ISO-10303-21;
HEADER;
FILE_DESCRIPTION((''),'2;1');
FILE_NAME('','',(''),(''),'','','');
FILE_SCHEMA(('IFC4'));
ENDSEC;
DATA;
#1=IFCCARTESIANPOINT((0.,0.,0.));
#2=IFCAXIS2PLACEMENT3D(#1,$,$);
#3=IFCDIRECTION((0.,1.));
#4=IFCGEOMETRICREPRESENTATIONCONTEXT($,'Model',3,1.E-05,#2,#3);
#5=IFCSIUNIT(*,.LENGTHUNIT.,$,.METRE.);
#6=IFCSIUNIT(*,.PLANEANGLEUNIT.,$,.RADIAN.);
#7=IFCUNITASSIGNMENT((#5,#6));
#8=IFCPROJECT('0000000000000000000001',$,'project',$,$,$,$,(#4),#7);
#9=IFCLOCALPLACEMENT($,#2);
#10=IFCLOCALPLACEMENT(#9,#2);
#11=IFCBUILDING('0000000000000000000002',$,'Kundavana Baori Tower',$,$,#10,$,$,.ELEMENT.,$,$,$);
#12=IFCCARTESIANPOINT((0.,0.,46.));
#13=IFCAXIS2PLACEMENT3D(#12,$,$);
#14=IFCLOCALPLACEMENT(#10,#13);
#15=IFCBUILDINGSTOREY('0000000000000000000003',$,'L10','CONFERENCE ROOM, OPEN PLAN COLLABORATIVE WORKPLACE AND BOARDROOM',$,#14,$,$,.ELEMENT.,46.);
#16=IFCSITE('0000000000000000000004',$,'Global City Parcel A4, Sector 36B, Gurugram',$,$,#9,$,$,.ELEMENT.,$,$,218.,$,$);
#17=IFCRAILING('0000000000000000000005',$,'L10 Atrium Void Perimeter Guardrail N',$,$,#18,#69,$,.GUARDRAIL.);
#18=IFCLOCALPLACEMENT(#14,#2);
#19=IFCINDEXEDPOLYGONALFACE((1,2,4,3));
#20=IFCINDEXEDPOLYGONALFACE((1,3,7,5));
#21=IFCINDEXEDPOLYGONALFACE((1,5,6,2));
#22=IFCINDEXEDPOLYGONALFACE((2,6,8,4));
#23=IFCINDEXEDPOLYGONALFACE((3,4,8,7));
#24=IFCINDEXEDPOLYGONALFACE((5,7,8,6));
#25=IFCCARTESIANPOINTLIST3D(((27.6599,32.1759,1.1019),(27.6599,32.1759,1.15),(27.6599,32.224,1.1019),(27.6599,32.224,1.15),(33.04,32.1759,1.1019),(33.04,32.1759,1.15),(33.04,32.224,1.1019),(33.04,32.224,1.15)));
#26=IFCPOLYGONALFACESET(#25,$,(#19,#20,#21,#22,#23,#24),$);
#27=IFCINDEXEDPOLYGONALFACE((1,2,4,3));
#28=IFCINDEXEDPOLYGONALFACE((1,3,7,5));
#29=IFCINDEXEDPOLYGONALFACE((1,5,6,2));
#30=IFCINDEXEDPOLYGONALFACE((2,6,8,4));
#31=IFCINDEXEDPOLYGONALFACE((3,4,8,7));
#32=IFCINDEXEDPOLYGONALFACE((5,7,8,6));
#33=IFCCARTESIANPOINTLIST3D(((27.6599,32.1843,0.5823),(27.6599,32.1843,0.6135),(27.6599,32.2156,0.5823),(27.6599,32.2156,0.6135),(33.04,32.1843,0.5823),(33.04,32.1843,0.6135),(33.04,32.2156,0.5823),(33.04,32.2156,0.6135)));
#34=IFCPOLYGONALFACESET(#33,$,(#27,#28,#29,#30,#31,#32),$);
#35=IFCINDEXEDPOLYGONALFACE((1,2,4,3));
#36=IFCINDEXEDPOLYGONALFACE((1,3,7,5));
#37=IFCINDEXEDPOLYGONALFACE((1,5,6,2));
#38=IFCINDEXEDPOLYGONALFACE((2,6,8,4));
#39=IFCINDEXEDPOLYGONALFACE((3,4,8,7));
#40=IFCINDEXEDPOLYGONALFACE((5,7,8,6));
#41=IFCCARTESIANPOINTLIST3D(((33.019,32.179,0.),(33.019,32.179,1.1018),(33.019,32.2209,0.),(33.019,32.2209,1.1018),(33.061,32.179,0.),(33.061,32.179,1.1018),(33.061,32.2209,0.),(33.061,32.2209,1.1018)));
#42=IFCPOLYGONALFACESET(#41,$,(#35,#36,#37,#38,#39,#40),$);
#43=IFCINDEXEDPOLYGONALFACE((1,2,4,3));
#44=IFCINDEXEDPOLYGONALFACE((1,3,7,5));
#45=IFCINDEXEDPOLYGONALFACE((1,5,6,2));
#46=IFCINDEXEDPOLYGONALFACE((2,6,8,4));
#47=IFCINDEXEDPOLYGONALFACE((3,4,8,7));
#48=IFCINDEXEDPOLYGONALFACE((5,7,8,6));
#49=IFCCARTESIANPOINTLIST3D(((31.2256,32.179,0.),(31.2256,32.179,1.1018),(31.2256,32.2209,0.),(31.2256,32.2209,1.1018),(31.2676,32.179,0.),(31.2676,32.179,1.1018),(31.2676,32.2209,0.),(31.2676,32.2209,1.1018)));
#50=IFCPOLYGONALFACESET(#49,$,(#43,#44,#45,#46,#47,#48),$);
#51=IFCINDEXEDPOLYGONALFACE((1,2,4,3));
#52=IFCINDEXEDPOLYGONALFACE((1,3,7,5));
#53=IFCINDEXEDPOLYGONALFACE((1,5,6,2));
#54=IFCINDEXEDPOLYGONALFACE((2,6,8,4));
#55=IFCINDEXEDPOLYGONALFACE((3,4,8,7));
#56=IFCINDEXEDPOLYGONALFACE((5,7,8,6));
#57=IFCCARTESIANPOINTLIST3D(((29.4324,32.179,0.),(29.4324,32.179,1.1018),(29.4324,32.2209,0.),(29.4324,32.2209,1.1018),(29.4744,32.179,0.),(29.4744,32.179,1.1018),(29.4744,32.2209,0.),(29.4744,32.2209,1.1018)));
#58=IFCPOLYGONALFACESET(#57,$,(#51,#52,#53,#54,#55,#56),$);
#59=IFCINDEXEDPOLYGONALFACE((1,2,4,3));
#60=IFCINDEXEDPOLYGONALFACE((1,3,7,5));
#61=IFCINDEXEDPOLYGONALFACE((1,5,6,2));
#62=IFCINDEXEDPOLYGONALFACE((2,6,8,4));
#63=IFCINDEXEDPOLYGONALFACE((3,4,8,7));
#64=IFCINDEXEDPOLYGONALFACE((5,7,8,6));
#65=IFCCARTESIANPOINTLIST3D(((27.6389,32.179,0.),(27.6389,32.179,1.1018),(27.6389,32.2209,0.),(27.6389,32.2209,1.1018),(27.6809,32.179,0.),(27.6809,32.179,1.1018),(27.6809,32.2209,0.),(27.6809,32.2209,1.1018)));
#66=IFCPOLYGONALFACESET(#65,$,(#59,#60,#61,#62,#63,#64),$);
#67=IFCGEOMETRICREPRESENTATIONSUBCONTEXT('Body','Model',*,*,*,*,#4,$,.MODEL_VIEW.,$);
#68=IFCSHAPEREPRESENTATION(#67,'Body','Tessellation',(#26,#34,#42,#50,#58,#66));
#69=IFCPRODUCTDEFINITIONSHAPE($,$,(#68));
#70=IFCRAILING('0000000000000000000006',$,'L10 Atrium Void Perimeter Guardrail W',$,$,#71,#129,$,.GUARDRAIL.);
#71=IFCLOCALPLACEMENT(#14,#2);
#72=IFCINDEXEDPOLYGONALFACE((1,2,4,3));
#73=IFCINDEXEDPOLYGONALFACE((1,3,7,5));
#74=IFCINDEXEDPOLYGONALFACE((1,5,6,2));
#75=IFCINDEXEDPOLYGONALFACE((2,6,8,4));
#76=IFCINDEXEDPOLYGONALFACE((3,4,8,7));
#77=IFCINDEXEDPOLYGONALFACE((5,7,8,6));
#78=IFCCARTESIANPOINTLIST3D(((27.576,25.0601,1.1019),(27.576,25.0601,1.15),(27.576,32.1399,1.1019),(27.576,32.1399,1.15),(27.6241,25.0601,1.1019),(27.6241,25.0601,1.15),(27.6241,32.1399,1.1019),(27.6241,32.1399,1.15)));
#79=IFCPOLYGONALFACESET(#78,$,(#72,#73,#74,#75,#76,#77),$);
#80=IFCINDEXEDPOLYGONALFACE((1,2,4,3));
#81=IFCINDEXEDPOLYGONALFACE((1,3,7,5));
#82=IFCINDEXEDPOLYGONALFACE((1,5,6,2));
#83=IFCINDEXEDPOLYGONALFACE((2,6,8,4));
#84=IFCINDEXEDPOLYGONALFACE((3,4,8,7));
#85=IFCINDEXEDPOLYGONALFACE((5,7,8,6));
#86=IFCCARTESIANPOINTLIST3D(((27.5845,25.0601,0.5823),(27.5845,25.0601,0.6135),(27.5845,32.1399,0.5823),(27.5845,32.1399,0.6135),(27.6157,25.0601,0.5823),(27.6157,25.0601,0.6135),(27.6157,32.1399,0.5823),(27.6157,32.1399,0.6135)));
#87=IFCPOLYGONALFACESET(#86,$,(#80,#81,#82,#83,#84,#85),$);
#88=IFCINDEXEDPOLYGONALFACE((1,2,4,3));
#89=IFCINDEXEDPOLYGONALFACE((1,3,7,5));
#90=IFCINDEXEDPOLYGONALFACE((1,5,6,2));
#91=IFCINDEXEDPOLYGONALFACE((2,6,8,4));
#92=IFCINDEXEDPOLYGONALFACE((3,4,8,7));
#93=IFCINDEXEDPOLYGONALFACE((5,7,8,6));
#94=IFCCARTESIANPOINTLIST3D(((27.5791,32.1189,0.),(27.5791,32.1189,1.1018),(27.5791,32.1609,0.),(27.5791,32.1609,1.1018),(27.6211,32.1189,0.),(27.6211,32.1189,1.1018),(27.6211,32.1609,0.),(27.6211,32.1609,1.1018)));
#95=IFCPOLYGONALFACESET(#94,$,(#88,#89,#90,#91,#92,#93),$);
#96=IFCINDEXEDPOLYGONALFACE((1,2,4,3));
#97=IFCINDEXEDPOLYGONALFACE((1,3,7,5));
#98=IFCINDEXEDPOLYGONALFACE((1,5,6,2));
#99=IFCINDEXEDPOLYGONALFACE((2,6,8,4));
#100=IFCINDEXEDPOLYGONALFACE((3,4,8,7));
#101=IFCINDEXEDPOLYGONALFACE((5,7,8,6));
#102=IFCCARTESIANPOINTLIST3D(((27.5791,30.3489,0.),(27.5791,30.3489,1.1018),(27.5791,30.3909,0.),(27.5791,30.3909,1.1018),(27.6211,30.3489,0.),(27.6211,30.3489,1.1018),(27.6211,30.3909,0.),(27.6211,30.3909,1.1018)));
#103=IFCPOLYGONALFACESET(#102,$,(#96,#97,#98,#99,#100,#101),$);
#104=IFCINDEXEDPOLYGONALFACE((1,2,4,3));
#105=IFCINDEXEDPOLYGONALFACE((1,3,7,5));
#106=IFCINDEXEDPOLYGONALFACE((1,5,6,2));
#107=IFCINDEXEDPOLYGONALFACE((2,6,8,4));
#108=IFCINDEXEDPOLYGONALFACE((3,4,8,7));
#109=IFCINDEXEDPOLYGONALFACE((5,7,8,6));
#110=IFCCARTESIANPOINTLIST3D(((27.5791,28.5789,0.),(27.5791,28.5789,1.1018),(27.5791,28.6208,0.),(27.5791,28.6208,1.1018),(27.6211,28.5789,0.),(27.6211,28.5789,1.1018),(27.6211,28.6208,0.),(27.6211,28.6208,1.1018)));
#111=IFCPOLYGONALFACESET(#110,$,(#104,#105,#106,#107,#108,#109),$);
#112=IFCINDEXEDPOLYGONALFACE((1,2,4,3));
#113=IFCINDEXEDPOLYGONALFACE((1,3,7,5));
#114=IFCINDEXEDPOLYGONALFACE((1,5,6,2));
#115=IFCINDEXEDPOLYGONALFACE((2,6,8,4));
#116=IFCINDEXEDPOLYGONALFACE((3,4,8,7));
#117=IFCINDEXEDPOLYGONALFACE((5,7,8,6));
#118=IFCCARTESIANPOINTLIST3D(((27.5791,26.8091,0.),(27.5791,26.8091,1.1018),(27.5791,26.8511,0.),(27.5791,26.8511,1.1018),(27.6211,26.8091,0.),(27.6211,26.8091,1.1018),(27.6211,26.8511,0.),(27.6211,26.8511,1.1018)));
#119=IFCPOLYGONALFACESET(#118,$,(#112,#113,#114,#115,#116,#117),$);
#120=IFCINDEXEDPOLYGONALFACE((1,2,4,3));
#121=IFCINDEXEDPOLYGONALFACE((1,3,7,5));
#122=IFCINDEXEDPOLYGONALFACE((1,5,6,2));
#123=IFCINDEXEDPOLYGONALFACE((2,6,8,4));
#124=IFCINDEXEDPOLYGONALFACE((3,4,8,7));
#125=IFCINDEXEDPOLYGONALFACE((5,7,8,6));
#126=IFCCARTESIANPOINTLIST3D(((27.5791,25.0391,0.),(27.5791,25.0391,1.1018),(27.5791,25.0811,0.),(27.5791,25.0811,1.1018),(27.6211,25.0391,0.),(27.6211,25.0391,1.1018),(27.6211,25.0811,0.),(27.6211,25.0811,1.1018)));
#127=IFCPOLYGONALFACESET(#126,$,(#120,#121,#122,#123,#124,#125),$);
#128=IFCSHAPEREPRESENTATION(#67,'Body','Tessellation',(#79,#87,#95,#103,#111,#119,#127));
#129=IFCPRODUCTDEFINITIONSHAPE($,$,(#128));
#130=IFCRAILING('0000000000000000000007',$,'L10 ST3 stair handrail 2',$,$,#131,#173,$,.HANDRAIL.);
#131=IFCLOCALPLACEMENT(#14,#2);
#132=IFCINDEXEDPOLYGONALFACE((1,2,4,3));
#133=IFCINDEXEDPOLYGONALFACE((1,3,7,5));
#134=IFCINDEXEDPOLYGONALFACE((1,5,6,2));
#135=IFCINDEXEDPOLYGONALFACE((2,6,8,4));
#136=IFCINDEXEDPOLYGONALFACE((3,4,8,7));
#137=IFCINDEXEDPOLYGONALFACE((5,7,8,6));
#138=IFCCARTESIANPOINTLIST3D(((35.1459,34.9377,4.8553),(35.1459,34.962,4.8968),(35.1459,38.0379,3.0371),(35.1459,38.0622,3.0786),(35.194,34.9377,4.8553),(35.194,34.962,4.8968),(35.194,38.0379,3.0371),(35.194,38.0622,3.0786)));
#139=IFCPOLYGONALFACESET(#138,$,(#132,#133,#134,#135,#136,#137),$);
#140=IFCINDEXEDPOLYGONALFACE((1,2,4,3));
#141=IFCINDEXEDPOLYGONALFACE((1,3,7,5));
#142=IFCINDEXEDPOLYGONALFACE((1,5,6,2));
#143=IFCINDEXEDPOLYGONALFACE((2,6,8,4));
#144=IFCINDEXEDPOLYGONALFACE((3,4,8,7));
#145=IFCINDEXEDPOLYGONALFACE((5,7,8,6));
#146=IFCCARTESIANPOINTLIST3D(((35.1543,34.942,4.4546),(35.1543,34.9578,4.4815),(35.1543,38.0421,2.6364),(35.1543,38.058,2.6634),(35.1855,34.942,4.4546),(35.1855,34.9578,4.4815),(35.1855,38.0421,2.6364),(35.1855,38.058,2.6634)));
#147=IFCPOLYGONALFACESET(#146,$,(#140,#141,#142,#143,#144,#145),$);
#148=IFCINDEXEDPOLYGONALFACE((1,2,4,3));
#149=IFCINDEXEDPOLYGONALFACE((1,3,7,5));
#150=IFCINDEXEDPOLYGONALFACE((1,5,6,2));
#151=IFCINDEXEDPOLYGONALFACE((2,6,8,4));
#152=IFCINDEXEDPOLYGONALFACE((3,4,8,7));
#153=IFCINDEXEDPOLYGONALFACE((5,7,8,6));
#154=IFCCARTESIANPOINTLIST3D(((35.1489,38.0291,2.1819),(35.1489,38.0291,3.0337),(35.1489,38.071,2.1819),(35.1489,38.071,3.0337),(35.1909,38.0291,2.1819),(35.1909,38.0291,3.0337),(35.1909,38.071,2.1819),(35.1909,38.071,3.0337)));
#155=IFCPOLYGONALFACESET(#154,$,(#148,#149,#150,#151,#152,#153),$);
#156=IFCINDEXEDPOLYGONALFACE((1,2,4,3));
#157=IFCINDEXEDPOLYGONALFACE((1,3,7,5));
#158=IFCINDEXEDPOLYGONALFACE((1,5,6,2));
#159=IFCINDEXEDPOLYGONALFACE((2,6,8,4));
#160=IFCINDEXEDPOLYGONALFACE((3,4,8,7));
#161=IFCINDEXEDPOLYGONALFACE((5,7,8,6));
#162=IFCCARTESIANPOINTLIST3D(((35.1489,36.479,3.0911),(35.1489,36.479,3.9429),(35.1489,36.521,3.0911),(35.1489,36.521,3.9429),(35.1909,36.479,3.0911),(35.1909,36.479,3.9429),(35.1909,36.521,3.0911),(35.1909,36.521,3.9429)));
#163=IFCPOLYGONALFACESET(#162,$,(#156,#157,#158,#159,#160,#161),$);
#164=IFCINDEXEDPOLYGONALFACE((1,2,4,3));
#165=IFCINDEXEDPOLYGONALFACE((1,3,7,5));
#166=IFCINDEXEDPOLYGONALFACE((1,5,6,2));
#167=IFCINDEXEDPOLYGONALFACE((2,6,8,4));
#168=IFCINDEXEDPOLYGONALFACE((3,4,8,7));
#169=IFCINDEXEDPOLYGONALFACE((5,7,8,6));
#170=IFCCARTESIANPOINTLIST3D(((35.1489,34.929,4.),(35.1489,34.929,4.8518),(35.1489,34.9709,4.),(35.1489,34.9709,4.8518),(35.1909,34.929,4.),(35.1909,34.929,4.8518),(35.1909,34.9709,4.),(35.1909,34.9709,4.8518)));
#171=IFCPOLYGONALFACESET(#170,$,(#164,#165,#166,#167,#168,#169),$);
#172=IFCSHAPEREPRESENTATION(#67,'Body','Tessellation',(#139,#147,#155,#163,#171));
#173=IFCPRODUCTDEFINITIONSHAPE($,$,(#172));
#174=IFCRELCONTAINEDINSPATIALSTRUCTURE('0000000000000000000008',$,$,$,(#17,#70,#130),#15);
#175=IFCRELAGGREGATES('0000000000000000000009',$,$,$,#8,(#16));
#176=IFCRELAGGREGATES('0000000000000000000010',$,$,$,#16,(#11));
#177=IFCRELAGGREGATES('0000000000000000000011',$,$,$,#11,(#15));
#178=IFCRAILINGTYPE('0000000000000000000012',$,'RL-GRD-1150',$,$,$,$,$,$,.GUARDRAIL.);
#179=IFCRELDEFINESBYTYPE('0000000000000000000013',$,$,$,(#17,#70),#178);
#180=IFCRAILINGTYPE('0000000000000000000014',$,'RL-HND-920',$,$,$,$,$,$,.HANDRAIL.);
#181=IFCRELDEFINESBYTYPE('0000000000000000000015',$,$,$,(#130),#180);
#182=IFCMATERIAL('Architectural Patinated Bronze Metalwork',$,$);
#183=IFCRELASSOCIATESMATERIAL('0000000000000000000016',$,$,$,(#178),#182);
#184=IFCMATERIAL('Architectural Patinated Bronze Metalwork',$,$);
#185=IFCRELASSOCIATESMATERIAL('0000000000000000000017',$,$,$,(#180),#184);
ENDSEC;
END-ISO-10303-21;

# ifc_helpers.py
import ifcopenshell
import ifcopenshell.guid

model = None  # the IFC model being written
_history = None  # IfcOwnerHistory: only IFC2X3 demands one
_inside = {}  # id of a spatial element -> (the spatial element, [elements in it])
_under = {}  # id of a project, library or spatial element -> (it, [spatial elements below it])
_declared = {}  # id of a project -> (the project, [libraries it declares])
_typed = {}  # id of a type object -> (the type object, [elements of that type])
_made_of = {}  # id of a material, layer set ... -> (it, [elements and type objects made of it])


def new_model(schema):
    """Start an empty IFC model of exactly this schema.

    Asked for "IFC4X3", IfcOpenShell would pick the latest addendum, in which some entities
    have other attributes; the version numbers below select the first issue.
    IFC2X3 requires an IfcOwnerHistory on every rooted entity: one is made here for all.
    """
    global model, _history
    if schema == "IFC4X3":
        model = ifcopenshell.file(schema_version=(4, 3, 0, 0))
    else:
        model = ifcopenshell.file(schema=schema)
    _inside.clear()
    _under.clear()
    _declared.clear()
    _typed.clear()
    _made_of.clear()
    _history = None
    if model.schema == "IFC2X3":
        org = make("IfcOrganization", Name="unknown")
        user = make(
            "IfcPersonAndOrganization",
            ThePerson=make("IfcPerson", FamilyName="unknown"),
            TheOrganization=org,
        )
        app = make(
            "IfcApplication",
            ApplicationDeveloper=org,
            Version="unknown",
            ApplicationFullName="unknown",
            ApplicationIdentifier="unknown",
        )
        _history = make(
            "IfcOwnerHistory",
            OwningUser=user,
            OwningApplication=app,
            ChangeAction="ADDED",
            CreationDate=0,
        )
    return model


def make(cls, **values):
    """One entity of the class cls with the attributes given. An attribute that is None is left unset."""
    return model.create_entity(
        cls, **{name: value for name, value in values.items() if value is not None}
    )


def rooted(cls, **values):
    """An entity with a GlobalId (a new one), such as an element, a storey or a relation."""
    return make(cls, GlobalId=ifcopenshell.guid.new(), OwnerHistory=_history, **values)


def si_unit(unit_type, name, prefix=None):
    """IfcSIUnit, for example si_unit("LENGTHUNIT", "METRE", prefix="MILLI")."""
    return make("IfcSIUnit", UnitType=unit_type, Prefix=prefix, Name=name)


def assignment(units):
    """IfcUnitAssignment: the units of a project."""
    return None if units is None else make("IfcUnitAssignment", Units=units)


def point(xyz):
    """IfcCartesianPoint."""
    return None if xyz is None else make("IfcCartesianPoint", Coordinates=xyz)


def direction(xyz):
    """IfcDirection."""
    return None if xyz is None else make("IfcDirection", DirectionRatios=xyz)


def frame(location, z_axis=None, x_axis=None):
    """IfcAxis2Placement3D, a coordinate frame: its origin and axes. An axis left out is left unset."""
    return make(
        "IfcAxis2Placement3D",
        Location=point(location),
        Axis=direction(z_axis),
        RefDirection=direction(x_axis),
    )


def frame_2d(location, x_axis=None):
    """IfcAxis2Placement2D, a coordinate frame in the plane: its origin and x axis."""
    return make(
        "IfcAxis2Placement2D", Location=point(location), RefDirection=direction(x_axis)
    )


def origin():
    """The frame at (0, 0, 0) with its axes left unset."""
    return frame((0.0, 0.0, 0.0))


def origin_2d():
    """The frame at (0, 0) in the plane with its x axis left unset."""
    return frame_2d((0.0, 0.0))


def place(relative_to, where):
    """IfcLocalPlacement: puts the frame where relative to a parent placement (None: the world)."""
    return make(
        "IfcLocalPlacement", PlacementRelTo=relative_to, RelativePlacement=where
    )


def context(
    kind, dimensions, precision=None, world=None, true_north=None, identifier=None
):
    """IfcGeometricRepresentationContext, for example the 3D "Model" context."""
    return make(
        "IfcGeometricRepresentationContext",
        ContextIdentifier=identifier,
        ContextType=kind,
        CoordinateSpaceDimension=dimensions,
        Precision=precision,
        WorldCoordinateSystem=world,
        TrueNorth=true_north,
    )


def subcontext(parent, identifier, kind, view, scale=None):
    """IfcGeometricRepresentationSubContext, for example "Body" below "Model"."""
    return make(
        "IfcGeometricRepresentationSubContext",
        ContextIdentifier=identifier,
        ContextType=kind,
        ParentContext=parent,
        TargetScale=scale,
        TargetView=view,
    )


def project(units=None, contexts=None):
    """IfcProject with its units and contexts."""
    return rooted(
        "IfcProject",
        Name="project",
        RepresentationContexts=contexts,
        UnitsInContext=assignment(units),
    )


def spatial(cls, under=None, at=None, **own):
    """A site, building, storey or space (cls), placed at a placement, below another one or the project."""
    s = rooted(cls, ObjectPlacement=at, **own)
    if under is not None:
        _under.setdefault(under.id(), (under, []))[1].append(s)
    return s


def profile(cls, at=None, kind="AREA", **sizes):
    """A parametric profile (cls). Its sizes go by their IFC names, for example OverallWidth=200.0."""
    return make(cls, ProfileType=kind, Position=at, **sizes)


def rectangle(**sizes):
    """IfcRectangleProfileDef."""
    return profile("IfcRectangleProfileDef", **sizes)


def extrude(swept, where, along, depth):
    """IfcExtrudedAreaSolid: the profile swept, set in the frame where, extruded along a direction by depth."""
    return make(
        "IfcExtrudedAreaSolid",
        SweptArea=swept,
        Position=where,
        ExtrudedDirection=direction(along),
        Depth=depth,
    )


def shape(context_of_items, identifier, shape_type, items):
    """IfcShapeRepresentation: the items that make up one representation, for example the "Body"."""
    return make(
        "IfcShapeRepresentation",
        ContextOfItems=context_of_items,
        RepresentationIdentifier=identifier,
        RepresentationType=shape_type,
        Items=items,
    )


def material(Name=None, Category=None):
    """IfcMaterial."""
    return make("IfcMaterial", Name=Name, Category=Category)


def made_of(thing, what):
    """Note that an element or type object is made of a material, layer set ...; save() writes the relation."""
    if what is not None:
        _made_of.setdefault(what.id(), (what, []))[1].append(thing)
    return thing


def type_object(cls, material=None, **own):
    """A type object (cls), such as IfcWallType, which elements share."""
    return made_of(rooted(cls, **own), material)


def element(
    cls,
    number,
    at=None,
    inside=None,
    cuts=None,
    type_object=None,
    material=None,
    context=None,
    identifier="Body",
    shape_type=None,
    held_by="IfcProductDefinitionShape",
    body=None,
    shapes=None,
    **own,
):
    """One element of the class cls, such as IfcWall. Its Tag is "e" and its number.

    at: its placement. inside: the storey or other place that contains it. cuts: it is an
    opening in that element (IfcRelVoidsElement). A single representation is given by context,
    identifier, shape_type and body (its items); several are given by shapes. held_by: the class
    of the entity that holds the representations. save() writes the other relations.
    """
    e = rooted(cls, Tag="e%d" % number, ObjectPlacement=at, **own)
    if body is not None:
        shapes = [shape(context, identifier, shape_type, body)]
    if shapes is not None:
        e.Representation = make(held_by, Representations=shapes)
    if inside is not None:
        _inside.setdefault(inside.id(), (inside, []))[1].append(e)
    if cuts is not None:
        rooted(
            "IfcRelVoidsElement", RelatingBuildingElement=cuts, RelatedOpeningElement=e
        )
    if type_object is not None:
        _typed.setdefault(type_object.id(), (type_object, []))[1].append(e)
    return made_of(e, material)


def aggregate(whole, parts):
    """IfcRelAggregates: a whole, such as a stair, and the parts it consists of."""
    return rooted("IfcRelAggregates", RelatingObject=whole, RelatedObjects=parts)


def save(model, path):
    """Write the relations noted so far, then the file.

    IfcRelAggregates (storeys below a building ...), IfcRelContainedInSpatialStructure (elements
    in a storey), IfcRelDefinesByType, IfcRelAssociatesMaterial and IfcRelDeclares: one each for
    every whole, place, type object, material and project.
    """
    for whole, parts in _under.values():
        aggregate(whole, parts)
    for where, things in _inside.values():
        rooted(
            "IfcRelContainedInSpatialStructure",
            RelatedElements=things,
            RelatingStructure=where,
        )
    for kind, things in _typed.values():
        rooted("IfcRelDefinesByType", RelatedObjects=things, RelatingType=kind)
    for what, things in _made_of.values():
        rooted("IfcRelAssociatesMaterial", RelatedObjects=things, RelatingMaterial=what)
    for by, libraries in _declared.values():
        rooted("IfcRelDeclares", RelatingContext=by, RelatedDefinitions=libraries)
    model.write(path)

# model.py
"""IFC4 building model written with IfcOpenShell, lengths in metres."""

from ifc_helpers import new_model, si_unit, direction, frame, origin, origin_2d, place, context, subcontext, project, spatial, rectangle, extrude, material, type_object, element, save


model = new_model("IFC4")

# Units and contexts
model_context = context("Model", 3, precision=1e-05, world=origin(), true_north=direction((0.0, 1.0)))
body_context = subcontext(model_context, "Body", "Model", "MODEL_VIEW")
ifc_project = project(units=[si_unit("LENGTHUNIT", "METRE"), si_unit("PLANEANGLEUNIT", "RADIAN")], contexts=[model_context])

# Site, building, storey
site_placement = place(None, origin())
site = spatial("IfcSite", under=ifc_project, at=site_placement, Name="Global City Parcel A4, Sector 36B, Gurugram", CompositionType="ELEMENT", RefElevation=218.0)
building_placement = place(site_placement, origin())
building = spatial("IfcBuilding", under=site, at=building_placement, Name="Kundavana Baori Tower", CompositionType="ELEMENT")
storey_placement = place(building_placement, frame((0.0, 0.0, 46.0)))
storey = spatial("IfcBuildingStorey", under=building, at=storey_placement, Name="L10", Description="CONFERENCE ROOM, OPEN PLAN COLLABORATIVE WORKPLACE AND BOARDROOM", CompositionType="ELEMENT", Elevation=46.0)

# Railings
ifc_material_1 = material(Name="Architectural Patinated Bronze Metalwork")
railing_type_1 = type_object("IfcRailingType", Name="RL-GRD-1150", PredefinedType="GUARDRAIL", material=ifc_material_1)
railing_1_placement = place(storey_placement, frame((33.04, 32.2, 0.0)))
element("IfcRailing", 1, at=railing_1_placement, inside=storey, type_object=railing_type_1, Name="L10 Atrium Void Perimeter Guardrail N", PredefinedType="GUARDRAIL", context=body_context, shape_type="SweptSolid", body=[
    extrude(rectangle(XDim=0.0481, YDim=0.0481, at=origin_2d()), frame((0.0, 0.0, 1.126), z_axis=(-1.0, 0.0, 0.0), x_axis=(0.0, -1.0, 0.0)), (0.0, 0.0, 1.0), 5.3801),
    extrude(rectangle(XDim=0.0312, YDim=0.0312, at=origin_2d()), frame((0.0, 0.0, 0.5979), z_axis=(-1.0, 0.0, 0.0), x_axis=(0.0, -1.0, 0.0)), (0.0, 0.0, 1.0), 5.3801),
    extrude(rectangle(XDim=0.042, YDim=0.042, at=origin_2d()), origin(), (0.0, 0.0, 1.0), 1.1018),
    extrude(rectangle(XDim=0.042, YDim=0.042, at=origin_2d()), frame((-1.7935, 0.0, 0.0)), (0.0, 0.0, 1.0), 1.1018),
    extrude(rectangle(XDim=0.042, YDim=0.042, at=origin_2d()), frame((-3.5867, 0.0, 0.0)), (0.0, 0.0, 1.0), 1.1018),
    extrude(rectangle(XDim=0.042, YDim=0.042, at=origin_2d()), frame((-5.3801, 0.0, 0.0)), (0.0, 0.0, 1.0), 1.1018),
])
railing_2_placement = place(storey_placement, frame((27.6001, 32.1399, 0.0)))
element("IfcRailing", 2, at=railing_2_placement, inside=storey, type_object=railing_type_1, Name="L10 Atrium Void Perimeter Guardrail W", PredefinedType="GUARDRAIL", context=body_context, shape_type="SweptSolid", body=[
    extrude(rectangle(XDim=0.0481, YDim=0.0481, at=origin_2d()), frame((0.0, 0.0, 1.126), z_axis=(0.0, -1.0, 0.0), x_axis=(1.0, 0.0, 0.0)), (0.0, 0.0, 1.0), 7.0798),
    extrude(rectangle(XDim=0.0312, YDim=0.0312, at=origin_2d()), frame((0.0, 0.0, 0.5979), z_axis=(0.0, -1.0, 0.0), x_axis=(1.0, 0.0, 0.0)), (0.0, 0.0, 1.0), 7.0798),
    extrude(rectangle(XDim=0.042, YDim=0.042, at=origin_2d()), origin(), (0.0, 0.0, 1.0), 1.1018),
    extrude(rectangle(XDim=0.042, YDim=0.042, at=origin_2d()), frame((0.0, -1.77, 0.0)), (0.0, 0.0, 1.0), 1.1018),
    extrude(rectangle(XDim=0.042, YDim=0.042, at=origin_2d()), frame((0.0, -3.54, 0.0)), (0.0, 0.0, 1.0), 1.1018),
    extrude(rectangle(XDim=0.042, YDim=0.042, at=origin_2d()), frame((0.0, -5.3098, 0.0)), (0.0, 0.0, 1.0), 1.1018),
    extrude(rectangle(XDim=0.042, YDim=0.042, at=origin_2d()), frame((0.0, -7.0798, 0.0)), (0.0, 0.0, 1.0), 1.1018),
])
ifc_material_2 = material(Name="Architectural Patinated Bronze Metalwork")
railing_type_2 = type_object("IfcRailingType", Name="RL-HND-920", PredefinedType="HANDRAIL", material=ifc_material_2)
railing_3_placement = place(storey_placement, frame((35.1699, 38.05, 2.1819)))
element("IfcRailing", 3, at=railing_3_placement, inside=storey, type_object=railing_type_2, Name="L10 ST3 stair handrail 2", PredefinedType="HANDRAIL", context=body_context, shape_type="SweptSolid", body=[
    extrude(rectangle(XDim=0.0481, YDim=0.0481, at=origin_2d()), frame((0.0, 0.0, 0.876), z_axis=(0.0, -0.862599, 0.505889), x_axis=(1.0, 0.0, 0.0)), (0.0, 0.0, 1.0), 3.594),
    extrude(rectangle(XDim=0.0312, YDim=0.0312, at=origin_2d()), frame((0.0, 0.0, 0.468), z_axis=(0.0, -0.862599, 0.505889), x_axis=(1.0, 0.0, 0.0)), (0.0, 0.0, 1.0), 3.594),
    extrude(rectangle(XDim=0.042, YDim=0.042, at=origin_2d()), origin(), (0.0, 0.0, 1.0), 0.8518),
    extrude(rectangle(XDim=0.042, YDim=0.042, at=origin_2d()), frame((0.0, -1.55, 0.9092)), (0.0, 0.0, 1.0), 0.8518),
    extrude(rectangle(XDim=0.042, YDim=0.042, at=origin_2d()), frame((0.0, -3.1001, 1.8181)), (0.0, 0.0, 1.0), 0.8518),
])

save(model, "model.ifc")
